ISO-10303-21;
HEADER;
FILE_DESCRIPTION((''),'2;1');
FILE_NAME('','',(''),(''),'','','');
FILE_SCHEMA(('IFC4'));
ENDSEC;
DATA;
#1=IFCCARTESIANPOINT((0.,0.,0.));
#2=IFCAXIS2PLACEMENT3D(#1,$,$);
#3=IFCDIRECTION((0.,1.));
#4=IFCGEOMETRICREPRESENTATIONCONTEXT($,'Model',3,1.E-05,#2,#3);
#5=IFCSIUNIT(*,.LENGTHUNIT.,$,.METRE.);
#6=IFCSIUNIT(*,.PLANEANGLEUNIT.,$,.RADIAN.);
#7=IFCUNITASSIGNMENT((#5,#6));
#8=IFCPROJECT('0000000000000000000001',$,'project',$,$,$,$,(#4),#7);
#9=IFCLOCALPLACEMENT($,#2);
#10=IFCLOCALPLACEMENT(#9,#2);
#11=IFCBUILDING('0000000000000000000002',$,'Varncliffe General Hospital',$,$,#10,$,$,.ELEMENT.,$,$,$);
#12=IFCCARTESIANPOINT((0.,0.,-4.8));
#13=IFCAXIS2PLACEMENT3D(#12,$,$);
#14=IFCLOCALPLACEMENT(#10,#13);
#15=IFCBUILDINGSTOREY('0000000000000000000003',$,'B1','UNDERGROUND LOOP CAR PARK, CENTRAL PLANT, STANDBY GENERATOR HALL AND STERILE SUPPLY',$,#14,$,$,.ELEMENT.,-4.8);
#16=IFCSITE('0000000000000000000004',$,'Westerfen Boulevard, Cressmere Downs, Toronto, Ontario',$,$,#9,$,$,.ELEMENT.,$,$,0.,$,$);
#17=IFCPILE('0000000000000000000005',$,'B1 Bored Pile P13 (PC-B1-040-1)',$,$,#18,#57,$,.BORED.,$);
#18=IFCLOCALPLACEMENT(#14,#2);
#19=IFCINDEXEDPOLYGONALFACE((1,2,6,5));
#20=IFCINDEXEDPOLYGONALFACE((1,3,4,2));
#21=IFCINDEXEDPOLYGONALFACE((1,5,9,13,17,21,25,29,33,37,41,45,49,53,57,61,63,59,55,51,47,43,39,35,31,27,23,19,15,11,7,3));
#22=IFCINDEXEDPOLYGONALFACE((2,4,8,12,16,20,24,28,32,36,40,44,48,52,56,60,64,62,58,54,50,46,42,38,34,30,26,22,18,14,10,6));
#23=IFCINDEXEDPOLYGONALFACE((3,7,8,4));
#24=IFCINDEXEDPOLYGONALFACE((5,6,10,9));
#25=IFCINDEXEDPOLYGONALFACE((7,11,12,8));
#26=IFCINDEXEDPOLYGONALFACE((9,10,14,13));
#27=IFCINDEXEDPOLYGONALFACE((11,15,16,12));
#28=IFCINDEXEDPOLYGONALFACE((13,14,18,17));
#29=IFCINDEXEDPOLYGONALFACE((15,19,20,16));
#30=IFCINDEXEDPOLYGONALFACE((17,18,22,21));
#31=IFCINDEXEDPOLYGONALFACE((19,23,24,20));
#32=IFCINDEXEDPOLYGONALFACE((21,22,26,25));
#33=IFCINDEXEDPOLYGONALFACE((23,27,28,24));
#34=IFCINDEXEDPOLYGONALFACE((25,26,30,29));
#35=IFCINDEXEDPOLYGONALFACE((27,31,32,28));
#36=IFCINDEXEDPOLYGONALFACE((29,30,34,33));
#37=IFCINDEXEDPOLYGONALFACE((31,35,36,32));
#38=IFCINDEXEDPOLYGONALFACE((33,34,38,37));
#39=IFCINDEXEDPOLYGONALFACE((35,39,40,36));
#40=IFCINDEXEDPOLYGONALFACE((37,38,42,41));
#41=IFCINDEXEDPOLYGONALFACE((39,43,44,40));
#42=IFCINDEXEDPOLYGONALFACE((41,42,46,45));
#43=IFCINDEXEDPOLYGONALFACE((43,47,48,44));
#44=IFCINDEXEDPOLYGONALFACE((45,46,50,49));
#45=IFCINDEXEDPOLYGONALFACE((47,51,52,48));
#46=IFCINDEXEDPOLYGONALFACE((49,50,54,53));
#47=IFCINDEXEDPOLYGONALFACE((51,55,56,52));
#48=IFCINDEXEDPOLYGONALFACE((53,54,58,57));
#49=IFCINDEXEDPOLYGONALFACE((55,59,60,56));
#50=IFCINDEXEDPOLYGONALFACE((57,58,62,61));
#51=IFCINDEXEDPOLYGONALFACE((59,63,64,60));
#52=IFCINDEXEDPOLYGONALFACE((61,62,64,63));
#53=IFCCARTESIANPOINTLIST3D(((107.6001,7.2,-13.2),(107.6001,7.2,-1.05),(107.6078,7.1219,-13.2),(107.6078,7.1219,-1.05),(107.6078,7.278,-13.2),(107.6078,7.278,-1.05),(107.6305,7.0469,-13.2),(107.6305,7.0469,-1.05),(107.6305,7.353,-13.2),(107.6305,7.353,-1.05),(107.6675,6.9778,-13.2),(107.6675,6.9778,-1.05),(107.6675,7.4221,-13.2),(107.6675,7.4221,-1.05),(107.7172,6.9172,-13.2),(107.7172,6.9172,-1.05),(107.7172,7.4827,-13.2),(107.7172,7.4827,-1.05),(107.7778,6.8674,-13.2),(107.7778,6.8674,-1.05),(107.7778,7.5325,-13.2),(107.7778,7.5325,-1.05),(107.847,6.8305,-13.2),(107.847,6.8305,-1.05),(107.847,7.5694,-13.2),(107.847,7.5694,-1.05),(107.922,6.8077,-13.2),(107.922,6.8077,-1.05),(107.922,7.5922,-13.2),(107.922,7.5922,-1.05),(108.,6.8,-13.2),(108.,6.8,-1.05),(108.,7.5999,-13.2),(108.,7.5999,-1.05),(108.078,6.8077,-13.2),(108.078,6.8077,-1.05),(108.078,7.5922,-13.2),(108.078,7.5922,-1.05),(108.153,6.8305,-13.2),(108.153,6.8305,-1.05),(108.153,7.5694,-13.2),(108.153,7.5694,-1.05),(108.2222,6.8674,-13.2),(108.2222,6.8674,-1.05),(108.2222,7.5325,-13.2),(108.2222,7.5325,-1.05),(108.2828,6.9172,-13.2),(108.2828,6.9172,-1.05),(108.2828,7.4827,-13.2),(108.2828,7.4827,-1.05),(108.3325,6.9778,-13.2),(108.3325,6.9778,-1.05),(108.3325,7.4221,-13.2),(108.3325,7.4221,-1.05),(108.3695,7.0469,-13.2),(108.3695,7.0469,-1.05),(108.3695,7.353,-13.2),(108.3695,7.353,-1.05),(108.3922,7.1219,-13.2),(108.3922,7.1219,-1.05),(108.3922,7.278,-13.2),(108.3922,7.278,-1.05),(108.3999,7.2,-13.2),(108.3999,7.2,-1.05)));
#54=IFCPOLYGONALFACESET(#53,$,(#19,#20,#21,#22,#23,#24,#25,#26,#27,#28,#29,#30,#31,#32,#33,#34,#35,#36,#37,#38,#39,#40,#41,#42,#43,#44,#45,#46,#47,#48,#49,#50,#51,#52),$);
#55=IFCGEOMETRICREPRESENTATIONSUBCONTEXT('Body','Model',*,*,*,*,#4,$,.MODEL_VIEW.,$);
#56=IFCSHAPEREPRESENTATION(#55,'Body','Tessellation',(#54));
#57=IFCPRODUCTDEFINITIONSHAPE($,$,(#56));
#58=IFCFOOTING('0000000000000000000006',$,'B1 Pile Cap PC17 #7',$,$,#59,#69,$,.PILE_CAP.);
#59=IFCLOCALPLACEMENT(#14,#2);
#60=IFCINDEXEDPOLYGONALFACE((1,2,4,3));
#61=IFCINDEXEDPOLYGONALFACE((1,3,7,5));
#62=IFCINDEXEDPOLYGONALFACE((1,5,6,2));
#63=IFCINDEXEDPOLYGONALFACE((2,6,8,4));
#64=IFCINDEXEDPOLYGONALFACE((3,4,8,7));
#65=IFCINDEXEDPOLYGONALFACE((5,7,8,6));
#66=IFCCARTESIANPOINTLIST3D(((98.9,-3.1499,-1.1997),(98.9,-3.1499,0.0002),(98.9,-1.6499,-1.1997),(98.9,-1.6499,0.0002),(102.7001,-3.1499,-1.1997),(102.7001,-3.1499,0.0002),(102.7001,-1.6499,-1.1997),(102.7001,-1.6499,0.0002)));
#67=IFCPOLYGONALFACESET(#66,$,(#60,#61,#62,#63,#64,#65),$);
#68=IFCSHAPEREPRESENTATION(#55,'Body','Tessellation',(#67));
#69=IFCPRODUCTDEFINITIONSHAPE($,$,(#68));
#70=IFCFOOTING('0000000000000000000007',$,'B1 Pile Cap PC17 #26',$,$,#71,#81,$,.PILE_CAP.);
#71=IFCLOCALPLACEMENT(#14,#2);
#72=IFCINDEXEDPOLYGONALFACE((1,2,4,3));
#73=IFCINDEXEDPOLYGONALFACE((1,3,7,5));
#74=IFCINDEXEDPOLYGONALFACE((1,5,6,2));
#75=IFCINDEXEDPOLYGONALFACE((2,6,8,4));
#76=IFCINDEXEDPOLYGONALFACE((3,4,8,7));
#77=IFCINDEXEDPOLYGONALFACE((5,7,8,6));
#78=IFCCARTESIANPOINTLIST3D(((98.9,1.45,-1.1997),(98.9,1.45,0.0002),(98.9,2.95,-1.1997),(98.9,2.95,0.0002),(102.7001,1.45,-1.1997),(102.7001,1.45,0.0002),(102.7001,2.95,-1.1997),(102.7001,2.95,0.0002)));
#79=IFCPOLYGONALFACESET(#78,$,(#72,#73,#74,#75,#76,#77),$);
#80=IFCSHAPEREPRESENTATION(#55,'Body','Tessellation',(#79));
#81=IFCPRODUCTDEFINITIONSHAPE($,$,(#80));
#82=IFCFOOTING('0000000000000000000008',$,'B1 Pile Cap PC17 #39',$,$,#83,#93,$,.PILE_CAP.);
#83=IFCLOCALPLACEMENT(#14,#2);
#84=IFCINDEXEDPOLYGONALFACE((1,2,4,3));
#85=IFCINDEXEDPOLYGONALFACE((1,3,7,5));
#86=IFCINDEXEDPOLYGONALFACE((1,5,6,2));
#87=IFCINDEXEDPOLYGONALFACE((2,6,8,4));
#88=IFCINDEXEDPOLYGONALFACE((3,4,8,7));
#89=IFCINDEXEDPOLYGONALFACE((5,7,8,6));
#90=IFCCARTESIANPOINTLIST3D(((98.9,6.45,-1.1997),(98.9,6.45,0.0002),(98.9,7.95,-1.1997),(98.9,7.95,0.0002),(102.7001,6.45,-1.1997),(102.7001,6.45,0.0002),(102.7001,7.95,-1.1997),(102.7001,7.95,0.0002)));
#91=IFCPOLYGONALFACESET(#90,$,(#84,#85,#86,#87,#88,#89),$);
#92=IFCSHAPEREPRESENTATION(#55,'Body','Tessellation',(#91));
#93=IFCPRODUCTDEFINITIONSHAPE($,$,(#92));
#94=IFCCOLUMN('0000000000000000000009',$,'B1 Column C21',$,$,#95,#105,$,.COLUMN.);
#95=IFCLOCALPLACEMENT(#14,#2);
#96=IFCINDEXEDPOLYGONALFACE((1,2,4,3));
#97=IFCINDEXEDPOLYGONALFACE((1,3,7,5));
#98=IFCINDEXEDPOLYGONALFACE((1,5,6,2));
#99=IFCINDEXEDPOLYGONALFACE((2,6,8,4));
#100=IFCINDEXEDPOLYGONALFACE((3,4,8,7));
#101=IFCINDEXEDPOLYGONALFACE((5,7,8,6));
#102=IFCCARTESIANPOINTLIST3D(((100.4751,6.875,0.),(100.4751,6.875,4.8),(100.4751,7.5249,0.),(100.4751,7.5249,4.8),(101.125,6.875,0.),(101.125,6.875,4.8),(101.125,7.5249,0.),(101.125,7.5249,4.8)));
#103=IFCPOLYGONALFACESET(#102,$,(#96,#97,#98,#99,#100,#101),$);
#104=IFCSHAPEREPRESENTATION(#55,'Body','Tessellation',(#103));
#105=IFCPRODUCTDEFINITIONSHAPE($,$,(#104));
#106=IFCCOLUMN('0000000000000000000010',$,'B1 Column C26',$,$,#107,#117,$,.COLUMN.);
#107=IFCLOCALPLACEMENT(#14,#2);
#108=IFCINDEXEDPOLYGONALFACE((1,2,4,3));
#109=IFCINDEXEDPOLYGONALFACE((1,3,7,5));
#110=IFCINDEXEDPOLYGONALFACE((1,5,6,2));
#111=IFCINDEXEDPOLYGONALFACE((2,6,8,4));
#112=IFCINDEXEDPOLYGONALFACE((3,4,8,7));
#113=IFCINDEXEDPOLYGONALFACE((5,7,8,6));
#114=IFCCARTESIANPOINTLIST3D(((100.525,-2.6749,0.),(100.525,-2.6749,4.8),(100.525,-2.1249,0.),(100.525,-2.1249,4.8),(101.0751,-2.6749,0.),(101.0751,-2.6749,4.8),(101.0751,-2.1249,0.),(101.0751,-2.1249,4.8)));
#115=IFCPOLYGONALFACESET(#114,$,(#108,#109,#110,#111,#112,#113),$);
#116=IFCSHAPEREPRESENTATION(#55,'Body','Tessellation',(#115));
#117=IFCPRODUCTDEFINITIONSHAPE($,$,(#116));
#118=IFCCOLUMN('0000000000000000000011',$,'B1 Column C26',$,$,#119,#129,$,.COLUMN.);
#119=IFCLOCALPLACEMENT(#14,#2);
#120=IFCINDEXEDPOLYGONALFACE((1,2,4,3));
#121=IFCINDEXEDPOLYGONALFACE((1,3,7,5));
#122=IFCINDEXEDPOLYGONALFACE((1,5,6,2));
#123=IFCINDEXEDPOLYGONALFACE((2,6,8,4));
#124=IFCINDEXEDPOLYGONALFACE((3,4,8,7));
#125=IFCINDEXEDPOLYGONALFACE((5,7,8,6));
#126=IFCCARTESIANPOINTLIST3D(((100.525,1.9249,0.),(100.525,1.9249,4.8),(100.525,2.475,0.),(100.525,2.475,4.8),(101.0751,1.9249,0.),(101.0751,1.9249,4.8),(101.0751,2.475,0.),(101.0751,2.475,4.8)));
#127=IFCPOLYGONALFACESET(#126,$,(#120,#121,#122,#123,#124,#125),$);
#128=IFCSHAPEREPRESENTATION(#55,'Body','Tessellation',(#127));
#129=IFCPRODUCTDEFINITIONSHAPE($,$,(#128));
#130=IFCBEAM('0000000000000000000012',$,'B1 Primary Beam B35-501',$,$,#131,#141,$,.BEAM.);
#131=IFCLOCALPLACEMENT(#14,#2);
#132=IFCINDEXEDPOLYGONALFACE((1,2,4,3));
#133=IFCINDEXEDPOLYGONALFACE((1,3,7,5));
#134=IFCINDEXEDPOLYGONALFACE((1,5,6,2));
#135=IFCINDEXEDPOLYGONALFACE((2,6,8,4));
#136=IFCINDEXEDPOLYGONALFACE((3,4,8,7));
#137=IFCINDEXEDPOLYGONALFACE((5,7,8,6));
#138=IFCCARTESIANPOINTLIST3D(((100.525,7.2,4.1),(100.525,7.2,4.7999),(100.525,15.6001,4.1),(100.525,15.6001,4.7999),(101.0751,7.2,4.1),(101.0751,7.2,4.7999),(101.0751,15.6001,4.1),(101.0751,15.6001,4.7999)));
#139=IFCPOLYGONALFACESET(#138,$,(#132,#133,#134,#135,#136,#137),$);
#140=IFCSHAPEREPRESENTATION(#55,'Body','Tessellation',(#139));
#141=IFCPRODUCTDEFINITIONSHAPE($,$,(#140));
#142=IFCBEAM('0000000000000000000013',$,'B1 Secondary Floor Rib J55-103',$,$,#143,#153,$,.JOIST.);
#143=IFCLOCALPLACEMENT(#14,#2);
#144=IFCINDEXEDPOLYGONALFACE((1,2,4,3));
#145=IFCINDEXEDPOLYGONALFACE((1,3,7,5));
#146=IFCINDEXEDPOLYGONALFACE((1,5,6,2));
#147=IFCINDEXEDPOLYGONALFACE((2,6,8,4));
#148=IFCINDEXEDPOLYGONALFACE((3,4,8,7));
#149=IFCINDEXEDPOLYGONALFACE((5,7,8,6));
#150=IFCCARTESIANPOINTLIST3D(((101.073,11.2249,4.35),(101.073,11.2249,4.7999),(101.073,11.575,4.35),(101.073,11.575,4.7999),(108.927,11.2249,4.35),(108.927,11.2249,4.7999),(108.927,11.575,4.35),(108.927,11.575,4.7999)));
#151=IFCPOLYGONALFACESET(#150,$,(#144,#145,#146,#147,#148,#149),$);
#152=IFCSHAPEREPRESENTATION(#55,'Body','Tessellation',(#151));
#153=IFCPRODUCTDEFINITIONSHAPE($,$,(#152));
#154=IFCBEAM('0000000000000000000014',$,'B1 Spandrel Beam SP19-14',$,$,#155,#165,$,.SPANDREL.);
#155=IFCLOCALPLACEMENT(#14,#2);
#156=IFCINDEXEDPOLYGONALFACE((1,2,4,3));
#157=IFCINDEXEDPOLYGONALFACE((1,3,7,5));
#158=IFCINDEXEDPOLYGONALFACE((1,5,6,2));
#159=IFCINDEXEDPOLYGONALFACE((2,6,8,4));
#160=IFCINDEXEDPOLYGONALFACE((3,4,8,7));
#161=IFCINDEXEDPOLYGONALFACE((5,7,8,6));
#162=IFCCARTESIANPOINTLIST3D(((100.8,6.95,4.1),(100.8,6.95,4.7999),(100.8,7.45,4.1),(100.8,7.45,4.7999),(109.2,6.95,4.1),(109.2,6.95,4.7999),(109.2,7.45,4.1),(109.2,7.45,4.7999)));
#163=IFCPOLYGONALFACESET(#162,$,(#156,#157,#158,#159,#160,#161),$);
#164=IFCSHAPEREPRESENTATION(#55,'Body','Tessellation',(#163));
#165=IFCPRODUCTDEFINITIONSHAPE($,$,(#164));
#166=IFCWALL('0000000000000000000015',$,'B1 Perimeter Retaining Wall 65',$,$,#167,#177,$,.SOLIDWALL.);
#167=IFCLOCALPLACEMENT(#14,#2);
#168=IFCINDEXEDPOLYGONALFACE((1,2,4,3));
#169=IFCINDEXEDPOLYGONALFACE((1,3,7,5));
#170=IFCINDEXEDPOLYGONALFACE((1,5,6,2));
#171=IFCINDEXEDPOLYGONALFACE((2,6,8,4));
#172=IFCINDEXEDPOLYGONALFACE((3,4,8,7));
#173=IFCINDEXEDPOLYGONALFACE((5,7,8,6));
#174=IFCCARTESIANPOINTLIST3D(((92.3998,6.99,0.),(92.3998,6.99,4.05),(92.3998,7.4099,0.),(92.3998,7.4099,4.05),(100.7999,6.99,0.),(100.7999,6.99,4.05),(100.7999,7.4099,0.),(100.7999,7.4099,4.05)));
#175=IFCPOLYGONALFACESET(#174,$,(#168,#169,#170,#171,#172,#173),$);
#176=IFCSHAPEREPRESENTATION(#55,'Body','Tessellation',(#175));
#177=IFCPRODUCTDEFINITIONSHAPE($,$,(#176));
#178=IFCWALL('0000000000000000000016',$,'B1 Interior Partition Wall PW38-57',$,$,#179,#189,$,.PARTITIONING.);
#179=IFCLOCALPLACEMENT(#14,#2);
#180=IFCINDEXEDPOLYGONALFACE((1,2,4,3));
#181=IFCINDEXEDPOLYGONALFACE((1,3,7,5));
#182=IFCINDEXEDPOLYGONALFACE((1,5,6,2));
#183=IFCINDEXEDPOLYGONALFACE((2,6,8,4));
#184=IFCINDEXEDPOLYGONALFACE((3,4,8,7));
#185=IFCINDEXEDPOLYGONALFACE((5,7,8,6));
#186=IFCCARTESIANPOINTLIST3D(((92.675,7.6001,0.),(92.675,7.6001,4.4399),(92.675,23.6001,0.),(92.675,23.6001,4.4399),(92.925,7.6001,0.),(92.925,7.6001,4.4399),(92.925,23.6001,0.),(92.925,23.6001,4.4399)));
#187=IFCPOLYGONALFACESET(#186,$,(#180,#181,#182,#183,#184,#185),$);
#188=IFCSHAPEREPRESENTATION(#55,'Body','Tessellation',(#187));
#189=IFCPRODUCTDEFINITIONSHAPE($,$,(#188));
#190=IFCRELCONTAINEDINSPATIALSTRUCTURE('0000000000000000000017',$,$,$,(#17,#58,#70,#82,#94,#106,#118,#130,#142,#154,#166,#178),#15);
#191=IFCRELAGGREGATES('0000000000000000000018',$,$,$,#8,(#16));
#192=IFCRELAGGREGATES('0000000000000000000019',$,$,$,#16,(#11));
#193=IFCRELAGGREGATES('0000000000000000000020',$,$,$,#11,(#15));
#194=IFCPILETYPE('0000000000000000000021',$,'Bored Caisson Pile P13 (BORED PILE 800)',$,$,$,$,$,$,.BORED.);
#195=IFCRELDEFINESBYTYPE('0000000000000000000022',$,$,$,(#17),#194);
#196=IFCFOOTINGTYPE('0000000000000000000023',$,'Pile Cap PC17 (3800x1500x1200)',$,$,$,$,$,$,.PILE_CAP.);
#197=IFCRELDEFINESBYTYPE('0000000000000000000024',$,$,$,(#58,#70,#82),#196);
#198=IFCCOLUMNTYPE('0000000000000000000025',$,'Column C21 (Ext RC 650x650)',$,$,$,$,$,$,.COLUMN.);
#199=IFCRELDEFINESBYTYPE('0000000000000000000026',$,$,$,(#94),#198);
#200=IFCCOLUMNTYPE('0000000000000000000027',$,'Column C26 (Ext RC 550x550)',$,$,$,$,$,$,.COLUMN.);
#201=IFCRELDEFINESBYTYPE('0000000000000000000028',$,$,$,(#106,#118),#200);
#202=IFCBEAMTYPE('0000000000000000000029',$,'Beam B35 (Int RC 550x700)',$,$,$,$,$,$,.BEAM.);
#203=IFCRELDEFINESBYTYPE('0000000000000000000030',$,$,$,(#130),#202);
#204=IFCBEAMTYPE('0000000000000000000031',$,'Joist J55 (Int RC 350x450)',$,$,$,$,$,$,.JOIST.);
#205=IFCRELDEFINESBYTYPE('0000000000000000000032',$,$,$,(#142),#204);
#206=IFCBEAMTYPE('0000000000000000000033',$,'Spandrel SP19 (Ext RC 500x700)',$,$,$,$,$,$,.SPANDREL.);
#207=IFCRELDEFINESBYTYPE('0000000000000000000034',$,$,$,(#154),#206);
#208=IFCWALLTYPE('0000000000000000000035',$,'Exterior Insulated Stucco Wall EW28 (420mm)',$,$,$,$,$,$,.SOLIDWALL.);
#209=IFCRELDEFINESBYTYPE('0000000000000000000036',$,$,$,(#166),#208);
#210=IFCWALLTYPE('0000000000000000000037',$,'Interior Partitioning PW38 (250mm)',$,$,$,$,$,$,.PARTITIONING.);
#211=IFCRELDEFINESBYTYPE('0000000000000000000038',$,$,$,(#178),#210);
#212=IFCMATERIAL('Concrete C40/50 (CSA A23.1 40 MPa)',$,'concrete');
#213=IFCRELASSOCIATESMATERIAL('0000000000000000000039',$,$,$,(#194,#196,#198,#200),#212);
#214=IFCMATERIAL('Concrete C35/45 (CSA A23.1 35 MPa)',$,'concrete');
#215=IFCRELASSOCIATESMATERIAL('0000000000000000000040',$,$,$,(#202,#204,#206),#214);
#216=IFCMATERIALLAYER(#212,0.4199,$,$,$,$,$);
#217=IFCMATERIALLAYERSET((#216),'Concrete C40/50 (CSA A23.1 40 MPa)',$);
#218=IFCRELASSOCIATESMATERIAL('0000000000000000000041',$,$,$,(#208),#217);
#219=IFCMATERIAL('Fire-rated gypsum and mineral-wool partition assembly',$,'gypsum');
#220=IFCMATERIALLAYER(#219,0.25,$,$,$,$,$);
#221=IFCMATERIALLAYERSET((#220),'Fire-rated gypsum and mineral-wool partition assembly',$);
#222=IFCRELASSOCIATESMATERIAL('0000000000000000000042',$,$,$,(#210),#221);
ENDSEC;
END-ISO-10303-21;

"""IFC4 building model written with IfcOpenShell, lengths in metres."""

from ifc_helpers import new_model, si_unit, direction, frame, frame_2d, origin, origin_2d, place, context, subcontext, project, spatial, rectangle, circle, extrude, material, layer, layer_set, material_profile, profile_set, type_object, element, save


model = new_model("IFC4")

# Units and contexts
model_context = context("Model", 3, precision=1e-05, world=origin(), true_north=direction((0.0, 1.0)))
body_context = subcontext(model_context, "Body", "Model", "MODEL_VIEW")
ifc_project = project(units=[si_unit("LENGTHUNIT", "METRE"), si_unit("PLANEANGLEUNIT", "RADIAN")], contexts=[model_context])

# Site, building, storey
site_placement = place(None, origin())
site = spatial("IfcSite", under=ifc_project, at=site_placement, Name="Westerfen Boulevard, Cressmere Downs, Toronto, Ontario", CompositionType="ELEMENT", RefElevation=0.0)
building_placement = place(site_placement, origin())
building = spatial("IfcBuilding", under=site, at=building_placement, Name="Varncliffe General Hospital", CompositionType="ELEMENT")
storey_placement = place(building_placement, frame((0.0, 0.0, -4.8)))
storey = spatial("IfcBuildingStorey", under=building, at=storey_placement, Name="B1", Description="UNDERGROUND LOOP CAR PARK, CENTRAL PLANT, STANDBY GENERATOR HALL AND STERILE SUPPLY", CompositionType="ELEMENT", Elevation=-4.8)

# Pile
ifc_material_1 = material(Name="Concrete C40/50 (CSA A23.1 40 MPa)", Category="concrete")
ifc_material_profile_1 = material_profile(ifc_material_1, circle(Radius=0.3999, at=origin_2d()), Name="BORED PILE 800")
ifc_profile_set_1 = profile_set([ifc_material_profile_1], Name="Concrete C40/50 (CSA A23.1 40 MPa)")
pile_type = type_object("IfcPileType", Name="Bored Caisson Pile P13 (BORED PILE 800)", PredefinedType="BORED", material=ifc_profile_set_1)
for number, where, z_axis, x_axis, name in (
    (1, (108.0, 7.2, -1.05), (0.0, 0.0, -1.0), (1.0, 0.0, 0.0), "B1 Bored Pile P13 (PC-B1-040-1)"),
):
    element("IfcPile", number, at=place(storey_placement, frame(where, z_axis=z_axis, x_axis=x_axis)), inside=storey, type_object=pile_type, Name=name, PredefinedType="BORED", context=body_context, shape_type="SweptSolid", body=[
        extrude(circle(Radius=0.3999, at=origin_2d()), origin(), (0.0, 0.0, 1.0), 12.1499),
    ])

# Footings
footing_type = type_object("IfcFootingType", Name="Pile Cap PC17 (3800x1500x1200)", PredefinedType="PILE_CAP", material=ifc_material_1)
for number, where, z_axis, x_axis, name in (
    (2, (100.8, -2.3999, -1.1997), (0.0, 0.0, 1.0), (1.0, 0.0, 0.0), "B1 Pile Cap PC17 #7"),
    (3, (100.8, 2.2, -1.1997), (0.0, 0.0, 1.0), (1.0, 0.0, 0.0), "B1 Pile Cap PC17 #26"),
    (4, (100.8, 7.2, -1.1997), (0.0, 0.0, 1.0), (1.0, 0.0, 0.0), "B1 Pile Cap PC17 #39"),
):
    element("IfcFooting", number, at=place(storey_placement, frame(where, z_axis=z_axis, x_axis=x_axis)), inside=storey, type_object=footing_type, Name=name, PredefinedType="PILE_CAP", context=body_context, shape_type="SweptSolid", body=[
        extrude(rectangle(XDim=3.8, YDim=1.5, at=origin_2d()), origin(), (0.0, 0.0, 1.0), 1.2),
    ])

# Columns
ifc_material_profile_2 = material_profile(ifc_material_1, rectangle(XDim=0.6499, YDim=0.6499, at=origin_2d()), Name="RC 650x650")
ifc_profile_set_2 = profile_set([ifc_material_profile_2], Name="Concrete C40/50 (CSA A23.1 40 MPa)")
column_type_1 = type_object("IfcColumnType", Name="Column C21 (Ext RC 650x650)", PredefinedType="COLUMN", material=ifc_profile_set_2)
column_placement = place(storey_placement, frame((100.8, 7.2, 0.0), z_axis=(0.0, 0.0, 1.0), x_axis=(1.0, 0.0, 0.0)))
element("IfcColumn", 5, at=column_placement, inside=storey, type_object=column_type_1, Name="B1 Column C21", PredefinedType="COLUMN", context=body_context, shape_type="SweptSolid", body=[
    extrude(rectangle(XDim=0.6499, YDim=0.6499, at=origin_2d()), origin(), (0.0, 0.0, 1.0), 4.8),
])
ifc_material_profile_3 = material_profile(ifc_material_1, rectangle(XDim=0.55, YDim=0.55, at=origin_2d()), Name="RC 550x550")
ifc_profile_set_3 = profile_set([ifc_material_profile_3], Name="Concrete C40/50 (CSA A23.1 40 MPa)")
column_type_2 = type_object("IfcColumnType", Name="Column C26 (Ext RC 550x550)", PredefinedType="COLUMN", material=ifc_profile_set_3)
for number, where, z_axis, x_axis, name in (
    (6, (100.8, -2.3999, 0.0), (0.0, 0.0, 1.0), (1.0, 0.0, 0.0), "B1 Column C26"),
    (7, (100.8, 2.2, 0.0), (0.0, 0.0, 1.0), (1.0, 0.0, 0.0), "B1 Column C26"),
):
    element("IfcColumn", number, at=place(storey_placement, frame(where, z_axis=z_axis, x_axis=x_axis)), inside=storey, type_object=column_type_2, Name=name, PredefinedType="COLUMN", context=body_context, shape_type="SweptSolid", body=[
        extrude(rectangle(XDim=0.55, YDim=0.55, at=origin_2d()), origin(), (0.0, 0.0, 1.0), 4.8),
    ])

# Beams
ifc_material_2 = material(Name="Concrete C35/45 (CSA A23.1 35 MPa)", Category="concrete")
ifc_material_profile_4 = material_profile(ifc_material_2, rectangle(XDim=0.55, YDim=0.7, at=origin_2d()), Name="RC 550x700")
ifc_profile_set_4 = profile_set([ifc_material_profile_4], Name="Concrete C35/45 (CSA A23.1 35 MPa)")
beam_type_1 = type_object("IfcBeamType", Name="Beam B35 (Int RC 550x700)", PredefinedType="BEAM", material=ifc_profile_set_4)
beam_1_placement = place(storey_placement, frame((100.8, 7.2, 4.45), z_axis=(0.0, 1.0, 0.0), x_axis=(-1.0, 0.0, 0.0)))
element("IfcBeam", 8, at=beam_1_placement, inside=storey, type_object=beam_type_1, Name="B1 Primary Beam B35-501", PredefinedType="BEAM", context=body_context, shape_type="SweptSolid", body=[
    extrude(rectangle(XDim=0.55, YDim=0.7, at=origin_2d()), origin(), (0.0, 0.0, 1.0), 8.4001),
])
ifc_material_profile_5 = material_profile(ifc_material_2, rectangle(XDim=0.3501, YDim=0.45, at=origin_2d()), Name="RC 350x450")
ifc_profile_set_5 = profile_set([ifc_material_profile_5], Name="Concrete C35/45 (CSA A23.1 35 MPa)")
beam_type_2 = type_object("IfcBeamType", Name="Joist J55 (Int RC 350x450)", PredefinedType="JOIST", material=ifc_profile_set_5)
beam_2_placement = place(storey_placement, frame((101.073, 11.3999, 4.575), z_axis=(1.0, 0.0, 0.0), x_axis=(0.0, 1.0, 0.0)))
element("IfcBeam", 9, at=beam_2_placement, inside=storey, type_object=beam_type_2, Name="B1 Secondary Floor Rib J55-103", PredefinedType="JOIST", context=body_context, shape_type="SweptSolid", body=[
    extrude(rectangle(XDim=0.3501, YDim=0.45, at=origin_2d()), origin(), (0.0, 0.0, 1.0), 7.854),
])
ifc_material_profile_6 = material_profile(ifc_material_2, rectangle(XDim=0.5, YDim=0.7, at=origin_2d()), Name="RC 500x700")
ifc_profile_set_6 = profile_set([ifc_material_profile_6], Name="Concrete C35/45 (CSA A23.1 35 MPa)")
beam_type_3 = type_object("IfcBeamType", Name="Spandrel SP19 (Ext RC 500x700)", PredefinedType="SPANDREL", material=ifc_profile_set_6)
beam_3_placement = place(storey_placement, frame((100.8, 7.2, 4.45), z_axis=(1.0, 0.0, 0.0), x_axis=(0.0, 1.0, 0.0)))
element("IfcBeam", 10, at=beam_3_placement, inside=storey, type_object=beam_type_3, Name="B1 Spandrel Beam SP19-14", PredefinedType="SPANDREL", context=body_context, shape_type="SweptSolid", body=[
    extrude(rectangle(XDim=0.5, YDim=0.7, at=origin_2d()), origin(), (0.0, 0.0, 1.0), 8.3999),
])

# Walls
ifc_layer_1 = layer(ifc_material_1, 0.4199)
ifc_layer_set_1 = layer_set([ifc_layer_1], Name="Concrete C40/50 (CSA A23.1 40 MPa)")
wall_type_1 = type_object("IfcWallType", Name="Exterior Insulated Stucco Wall EW28 (420mm)", PredefinedType="SOLIDWALL", material=ifc_layer_set_1)
wall_1_placement = place(storey_placement, frame((100.8, 7.2, 0.0), z_axis=(0.0, 0.0, 1.0), x_axis=(-1.0, 0.0, 0.0)))
element("IfcWall", 11, at=wall_1_placement, inside=storey, type_object=wall_type_1, Name="B1 Perimeter Retaining Wall 65", PredefinedType="SOLIDWALL", context=body_context, shape_type="SweptSolid", body=[
    extrude(rectangle(XDim=8.4001, YDim=0.4199, at=frame_2d((4.2002, 0.0))), origin(), (0.0, 0.0, 1.0), 4.05),
])
ifc_material_3 = material(Name="Fire-rated gypsum and mineral-wool partition assembly", Category="gypsum")
ifc_layer_2 = layer(ifc_material_3, 0.25)
ifc_layer_set_2 = layer_set([ifc_layer_2], Name="Fire-rated gypsum and mineral-wool partition assembly")
wall_type_2 = type_object("IfcWallType", Name="Interior Partitioning PW38 (250mm)", PredefinedType="PARTITIONING", material=ifc_layer_set_2)
wall_2_placement = place(storey_placement, frame((92.8, 7.6001, 0.0), z_axis=(0.0, 0.0, 1.0), x_axis=(0.0, 1.0, 0.0)))
element("IfcWall", 12, at=wall_2_placement, inside=storey, type_object=wall_type_2, Name="B1 Interior Partition Wall PW38-57", PredefinedType="PARTITIONING", context=body_context, shape_type="SweptSolid", body=[
    extrude(rectangle(XDim=16.0, YDim=0.25, at=frame_2d((8.0, 0.0))), origin(), (0.0, 0.0, 1.0), 4.4399),
])

save(model, "model.ifc")
